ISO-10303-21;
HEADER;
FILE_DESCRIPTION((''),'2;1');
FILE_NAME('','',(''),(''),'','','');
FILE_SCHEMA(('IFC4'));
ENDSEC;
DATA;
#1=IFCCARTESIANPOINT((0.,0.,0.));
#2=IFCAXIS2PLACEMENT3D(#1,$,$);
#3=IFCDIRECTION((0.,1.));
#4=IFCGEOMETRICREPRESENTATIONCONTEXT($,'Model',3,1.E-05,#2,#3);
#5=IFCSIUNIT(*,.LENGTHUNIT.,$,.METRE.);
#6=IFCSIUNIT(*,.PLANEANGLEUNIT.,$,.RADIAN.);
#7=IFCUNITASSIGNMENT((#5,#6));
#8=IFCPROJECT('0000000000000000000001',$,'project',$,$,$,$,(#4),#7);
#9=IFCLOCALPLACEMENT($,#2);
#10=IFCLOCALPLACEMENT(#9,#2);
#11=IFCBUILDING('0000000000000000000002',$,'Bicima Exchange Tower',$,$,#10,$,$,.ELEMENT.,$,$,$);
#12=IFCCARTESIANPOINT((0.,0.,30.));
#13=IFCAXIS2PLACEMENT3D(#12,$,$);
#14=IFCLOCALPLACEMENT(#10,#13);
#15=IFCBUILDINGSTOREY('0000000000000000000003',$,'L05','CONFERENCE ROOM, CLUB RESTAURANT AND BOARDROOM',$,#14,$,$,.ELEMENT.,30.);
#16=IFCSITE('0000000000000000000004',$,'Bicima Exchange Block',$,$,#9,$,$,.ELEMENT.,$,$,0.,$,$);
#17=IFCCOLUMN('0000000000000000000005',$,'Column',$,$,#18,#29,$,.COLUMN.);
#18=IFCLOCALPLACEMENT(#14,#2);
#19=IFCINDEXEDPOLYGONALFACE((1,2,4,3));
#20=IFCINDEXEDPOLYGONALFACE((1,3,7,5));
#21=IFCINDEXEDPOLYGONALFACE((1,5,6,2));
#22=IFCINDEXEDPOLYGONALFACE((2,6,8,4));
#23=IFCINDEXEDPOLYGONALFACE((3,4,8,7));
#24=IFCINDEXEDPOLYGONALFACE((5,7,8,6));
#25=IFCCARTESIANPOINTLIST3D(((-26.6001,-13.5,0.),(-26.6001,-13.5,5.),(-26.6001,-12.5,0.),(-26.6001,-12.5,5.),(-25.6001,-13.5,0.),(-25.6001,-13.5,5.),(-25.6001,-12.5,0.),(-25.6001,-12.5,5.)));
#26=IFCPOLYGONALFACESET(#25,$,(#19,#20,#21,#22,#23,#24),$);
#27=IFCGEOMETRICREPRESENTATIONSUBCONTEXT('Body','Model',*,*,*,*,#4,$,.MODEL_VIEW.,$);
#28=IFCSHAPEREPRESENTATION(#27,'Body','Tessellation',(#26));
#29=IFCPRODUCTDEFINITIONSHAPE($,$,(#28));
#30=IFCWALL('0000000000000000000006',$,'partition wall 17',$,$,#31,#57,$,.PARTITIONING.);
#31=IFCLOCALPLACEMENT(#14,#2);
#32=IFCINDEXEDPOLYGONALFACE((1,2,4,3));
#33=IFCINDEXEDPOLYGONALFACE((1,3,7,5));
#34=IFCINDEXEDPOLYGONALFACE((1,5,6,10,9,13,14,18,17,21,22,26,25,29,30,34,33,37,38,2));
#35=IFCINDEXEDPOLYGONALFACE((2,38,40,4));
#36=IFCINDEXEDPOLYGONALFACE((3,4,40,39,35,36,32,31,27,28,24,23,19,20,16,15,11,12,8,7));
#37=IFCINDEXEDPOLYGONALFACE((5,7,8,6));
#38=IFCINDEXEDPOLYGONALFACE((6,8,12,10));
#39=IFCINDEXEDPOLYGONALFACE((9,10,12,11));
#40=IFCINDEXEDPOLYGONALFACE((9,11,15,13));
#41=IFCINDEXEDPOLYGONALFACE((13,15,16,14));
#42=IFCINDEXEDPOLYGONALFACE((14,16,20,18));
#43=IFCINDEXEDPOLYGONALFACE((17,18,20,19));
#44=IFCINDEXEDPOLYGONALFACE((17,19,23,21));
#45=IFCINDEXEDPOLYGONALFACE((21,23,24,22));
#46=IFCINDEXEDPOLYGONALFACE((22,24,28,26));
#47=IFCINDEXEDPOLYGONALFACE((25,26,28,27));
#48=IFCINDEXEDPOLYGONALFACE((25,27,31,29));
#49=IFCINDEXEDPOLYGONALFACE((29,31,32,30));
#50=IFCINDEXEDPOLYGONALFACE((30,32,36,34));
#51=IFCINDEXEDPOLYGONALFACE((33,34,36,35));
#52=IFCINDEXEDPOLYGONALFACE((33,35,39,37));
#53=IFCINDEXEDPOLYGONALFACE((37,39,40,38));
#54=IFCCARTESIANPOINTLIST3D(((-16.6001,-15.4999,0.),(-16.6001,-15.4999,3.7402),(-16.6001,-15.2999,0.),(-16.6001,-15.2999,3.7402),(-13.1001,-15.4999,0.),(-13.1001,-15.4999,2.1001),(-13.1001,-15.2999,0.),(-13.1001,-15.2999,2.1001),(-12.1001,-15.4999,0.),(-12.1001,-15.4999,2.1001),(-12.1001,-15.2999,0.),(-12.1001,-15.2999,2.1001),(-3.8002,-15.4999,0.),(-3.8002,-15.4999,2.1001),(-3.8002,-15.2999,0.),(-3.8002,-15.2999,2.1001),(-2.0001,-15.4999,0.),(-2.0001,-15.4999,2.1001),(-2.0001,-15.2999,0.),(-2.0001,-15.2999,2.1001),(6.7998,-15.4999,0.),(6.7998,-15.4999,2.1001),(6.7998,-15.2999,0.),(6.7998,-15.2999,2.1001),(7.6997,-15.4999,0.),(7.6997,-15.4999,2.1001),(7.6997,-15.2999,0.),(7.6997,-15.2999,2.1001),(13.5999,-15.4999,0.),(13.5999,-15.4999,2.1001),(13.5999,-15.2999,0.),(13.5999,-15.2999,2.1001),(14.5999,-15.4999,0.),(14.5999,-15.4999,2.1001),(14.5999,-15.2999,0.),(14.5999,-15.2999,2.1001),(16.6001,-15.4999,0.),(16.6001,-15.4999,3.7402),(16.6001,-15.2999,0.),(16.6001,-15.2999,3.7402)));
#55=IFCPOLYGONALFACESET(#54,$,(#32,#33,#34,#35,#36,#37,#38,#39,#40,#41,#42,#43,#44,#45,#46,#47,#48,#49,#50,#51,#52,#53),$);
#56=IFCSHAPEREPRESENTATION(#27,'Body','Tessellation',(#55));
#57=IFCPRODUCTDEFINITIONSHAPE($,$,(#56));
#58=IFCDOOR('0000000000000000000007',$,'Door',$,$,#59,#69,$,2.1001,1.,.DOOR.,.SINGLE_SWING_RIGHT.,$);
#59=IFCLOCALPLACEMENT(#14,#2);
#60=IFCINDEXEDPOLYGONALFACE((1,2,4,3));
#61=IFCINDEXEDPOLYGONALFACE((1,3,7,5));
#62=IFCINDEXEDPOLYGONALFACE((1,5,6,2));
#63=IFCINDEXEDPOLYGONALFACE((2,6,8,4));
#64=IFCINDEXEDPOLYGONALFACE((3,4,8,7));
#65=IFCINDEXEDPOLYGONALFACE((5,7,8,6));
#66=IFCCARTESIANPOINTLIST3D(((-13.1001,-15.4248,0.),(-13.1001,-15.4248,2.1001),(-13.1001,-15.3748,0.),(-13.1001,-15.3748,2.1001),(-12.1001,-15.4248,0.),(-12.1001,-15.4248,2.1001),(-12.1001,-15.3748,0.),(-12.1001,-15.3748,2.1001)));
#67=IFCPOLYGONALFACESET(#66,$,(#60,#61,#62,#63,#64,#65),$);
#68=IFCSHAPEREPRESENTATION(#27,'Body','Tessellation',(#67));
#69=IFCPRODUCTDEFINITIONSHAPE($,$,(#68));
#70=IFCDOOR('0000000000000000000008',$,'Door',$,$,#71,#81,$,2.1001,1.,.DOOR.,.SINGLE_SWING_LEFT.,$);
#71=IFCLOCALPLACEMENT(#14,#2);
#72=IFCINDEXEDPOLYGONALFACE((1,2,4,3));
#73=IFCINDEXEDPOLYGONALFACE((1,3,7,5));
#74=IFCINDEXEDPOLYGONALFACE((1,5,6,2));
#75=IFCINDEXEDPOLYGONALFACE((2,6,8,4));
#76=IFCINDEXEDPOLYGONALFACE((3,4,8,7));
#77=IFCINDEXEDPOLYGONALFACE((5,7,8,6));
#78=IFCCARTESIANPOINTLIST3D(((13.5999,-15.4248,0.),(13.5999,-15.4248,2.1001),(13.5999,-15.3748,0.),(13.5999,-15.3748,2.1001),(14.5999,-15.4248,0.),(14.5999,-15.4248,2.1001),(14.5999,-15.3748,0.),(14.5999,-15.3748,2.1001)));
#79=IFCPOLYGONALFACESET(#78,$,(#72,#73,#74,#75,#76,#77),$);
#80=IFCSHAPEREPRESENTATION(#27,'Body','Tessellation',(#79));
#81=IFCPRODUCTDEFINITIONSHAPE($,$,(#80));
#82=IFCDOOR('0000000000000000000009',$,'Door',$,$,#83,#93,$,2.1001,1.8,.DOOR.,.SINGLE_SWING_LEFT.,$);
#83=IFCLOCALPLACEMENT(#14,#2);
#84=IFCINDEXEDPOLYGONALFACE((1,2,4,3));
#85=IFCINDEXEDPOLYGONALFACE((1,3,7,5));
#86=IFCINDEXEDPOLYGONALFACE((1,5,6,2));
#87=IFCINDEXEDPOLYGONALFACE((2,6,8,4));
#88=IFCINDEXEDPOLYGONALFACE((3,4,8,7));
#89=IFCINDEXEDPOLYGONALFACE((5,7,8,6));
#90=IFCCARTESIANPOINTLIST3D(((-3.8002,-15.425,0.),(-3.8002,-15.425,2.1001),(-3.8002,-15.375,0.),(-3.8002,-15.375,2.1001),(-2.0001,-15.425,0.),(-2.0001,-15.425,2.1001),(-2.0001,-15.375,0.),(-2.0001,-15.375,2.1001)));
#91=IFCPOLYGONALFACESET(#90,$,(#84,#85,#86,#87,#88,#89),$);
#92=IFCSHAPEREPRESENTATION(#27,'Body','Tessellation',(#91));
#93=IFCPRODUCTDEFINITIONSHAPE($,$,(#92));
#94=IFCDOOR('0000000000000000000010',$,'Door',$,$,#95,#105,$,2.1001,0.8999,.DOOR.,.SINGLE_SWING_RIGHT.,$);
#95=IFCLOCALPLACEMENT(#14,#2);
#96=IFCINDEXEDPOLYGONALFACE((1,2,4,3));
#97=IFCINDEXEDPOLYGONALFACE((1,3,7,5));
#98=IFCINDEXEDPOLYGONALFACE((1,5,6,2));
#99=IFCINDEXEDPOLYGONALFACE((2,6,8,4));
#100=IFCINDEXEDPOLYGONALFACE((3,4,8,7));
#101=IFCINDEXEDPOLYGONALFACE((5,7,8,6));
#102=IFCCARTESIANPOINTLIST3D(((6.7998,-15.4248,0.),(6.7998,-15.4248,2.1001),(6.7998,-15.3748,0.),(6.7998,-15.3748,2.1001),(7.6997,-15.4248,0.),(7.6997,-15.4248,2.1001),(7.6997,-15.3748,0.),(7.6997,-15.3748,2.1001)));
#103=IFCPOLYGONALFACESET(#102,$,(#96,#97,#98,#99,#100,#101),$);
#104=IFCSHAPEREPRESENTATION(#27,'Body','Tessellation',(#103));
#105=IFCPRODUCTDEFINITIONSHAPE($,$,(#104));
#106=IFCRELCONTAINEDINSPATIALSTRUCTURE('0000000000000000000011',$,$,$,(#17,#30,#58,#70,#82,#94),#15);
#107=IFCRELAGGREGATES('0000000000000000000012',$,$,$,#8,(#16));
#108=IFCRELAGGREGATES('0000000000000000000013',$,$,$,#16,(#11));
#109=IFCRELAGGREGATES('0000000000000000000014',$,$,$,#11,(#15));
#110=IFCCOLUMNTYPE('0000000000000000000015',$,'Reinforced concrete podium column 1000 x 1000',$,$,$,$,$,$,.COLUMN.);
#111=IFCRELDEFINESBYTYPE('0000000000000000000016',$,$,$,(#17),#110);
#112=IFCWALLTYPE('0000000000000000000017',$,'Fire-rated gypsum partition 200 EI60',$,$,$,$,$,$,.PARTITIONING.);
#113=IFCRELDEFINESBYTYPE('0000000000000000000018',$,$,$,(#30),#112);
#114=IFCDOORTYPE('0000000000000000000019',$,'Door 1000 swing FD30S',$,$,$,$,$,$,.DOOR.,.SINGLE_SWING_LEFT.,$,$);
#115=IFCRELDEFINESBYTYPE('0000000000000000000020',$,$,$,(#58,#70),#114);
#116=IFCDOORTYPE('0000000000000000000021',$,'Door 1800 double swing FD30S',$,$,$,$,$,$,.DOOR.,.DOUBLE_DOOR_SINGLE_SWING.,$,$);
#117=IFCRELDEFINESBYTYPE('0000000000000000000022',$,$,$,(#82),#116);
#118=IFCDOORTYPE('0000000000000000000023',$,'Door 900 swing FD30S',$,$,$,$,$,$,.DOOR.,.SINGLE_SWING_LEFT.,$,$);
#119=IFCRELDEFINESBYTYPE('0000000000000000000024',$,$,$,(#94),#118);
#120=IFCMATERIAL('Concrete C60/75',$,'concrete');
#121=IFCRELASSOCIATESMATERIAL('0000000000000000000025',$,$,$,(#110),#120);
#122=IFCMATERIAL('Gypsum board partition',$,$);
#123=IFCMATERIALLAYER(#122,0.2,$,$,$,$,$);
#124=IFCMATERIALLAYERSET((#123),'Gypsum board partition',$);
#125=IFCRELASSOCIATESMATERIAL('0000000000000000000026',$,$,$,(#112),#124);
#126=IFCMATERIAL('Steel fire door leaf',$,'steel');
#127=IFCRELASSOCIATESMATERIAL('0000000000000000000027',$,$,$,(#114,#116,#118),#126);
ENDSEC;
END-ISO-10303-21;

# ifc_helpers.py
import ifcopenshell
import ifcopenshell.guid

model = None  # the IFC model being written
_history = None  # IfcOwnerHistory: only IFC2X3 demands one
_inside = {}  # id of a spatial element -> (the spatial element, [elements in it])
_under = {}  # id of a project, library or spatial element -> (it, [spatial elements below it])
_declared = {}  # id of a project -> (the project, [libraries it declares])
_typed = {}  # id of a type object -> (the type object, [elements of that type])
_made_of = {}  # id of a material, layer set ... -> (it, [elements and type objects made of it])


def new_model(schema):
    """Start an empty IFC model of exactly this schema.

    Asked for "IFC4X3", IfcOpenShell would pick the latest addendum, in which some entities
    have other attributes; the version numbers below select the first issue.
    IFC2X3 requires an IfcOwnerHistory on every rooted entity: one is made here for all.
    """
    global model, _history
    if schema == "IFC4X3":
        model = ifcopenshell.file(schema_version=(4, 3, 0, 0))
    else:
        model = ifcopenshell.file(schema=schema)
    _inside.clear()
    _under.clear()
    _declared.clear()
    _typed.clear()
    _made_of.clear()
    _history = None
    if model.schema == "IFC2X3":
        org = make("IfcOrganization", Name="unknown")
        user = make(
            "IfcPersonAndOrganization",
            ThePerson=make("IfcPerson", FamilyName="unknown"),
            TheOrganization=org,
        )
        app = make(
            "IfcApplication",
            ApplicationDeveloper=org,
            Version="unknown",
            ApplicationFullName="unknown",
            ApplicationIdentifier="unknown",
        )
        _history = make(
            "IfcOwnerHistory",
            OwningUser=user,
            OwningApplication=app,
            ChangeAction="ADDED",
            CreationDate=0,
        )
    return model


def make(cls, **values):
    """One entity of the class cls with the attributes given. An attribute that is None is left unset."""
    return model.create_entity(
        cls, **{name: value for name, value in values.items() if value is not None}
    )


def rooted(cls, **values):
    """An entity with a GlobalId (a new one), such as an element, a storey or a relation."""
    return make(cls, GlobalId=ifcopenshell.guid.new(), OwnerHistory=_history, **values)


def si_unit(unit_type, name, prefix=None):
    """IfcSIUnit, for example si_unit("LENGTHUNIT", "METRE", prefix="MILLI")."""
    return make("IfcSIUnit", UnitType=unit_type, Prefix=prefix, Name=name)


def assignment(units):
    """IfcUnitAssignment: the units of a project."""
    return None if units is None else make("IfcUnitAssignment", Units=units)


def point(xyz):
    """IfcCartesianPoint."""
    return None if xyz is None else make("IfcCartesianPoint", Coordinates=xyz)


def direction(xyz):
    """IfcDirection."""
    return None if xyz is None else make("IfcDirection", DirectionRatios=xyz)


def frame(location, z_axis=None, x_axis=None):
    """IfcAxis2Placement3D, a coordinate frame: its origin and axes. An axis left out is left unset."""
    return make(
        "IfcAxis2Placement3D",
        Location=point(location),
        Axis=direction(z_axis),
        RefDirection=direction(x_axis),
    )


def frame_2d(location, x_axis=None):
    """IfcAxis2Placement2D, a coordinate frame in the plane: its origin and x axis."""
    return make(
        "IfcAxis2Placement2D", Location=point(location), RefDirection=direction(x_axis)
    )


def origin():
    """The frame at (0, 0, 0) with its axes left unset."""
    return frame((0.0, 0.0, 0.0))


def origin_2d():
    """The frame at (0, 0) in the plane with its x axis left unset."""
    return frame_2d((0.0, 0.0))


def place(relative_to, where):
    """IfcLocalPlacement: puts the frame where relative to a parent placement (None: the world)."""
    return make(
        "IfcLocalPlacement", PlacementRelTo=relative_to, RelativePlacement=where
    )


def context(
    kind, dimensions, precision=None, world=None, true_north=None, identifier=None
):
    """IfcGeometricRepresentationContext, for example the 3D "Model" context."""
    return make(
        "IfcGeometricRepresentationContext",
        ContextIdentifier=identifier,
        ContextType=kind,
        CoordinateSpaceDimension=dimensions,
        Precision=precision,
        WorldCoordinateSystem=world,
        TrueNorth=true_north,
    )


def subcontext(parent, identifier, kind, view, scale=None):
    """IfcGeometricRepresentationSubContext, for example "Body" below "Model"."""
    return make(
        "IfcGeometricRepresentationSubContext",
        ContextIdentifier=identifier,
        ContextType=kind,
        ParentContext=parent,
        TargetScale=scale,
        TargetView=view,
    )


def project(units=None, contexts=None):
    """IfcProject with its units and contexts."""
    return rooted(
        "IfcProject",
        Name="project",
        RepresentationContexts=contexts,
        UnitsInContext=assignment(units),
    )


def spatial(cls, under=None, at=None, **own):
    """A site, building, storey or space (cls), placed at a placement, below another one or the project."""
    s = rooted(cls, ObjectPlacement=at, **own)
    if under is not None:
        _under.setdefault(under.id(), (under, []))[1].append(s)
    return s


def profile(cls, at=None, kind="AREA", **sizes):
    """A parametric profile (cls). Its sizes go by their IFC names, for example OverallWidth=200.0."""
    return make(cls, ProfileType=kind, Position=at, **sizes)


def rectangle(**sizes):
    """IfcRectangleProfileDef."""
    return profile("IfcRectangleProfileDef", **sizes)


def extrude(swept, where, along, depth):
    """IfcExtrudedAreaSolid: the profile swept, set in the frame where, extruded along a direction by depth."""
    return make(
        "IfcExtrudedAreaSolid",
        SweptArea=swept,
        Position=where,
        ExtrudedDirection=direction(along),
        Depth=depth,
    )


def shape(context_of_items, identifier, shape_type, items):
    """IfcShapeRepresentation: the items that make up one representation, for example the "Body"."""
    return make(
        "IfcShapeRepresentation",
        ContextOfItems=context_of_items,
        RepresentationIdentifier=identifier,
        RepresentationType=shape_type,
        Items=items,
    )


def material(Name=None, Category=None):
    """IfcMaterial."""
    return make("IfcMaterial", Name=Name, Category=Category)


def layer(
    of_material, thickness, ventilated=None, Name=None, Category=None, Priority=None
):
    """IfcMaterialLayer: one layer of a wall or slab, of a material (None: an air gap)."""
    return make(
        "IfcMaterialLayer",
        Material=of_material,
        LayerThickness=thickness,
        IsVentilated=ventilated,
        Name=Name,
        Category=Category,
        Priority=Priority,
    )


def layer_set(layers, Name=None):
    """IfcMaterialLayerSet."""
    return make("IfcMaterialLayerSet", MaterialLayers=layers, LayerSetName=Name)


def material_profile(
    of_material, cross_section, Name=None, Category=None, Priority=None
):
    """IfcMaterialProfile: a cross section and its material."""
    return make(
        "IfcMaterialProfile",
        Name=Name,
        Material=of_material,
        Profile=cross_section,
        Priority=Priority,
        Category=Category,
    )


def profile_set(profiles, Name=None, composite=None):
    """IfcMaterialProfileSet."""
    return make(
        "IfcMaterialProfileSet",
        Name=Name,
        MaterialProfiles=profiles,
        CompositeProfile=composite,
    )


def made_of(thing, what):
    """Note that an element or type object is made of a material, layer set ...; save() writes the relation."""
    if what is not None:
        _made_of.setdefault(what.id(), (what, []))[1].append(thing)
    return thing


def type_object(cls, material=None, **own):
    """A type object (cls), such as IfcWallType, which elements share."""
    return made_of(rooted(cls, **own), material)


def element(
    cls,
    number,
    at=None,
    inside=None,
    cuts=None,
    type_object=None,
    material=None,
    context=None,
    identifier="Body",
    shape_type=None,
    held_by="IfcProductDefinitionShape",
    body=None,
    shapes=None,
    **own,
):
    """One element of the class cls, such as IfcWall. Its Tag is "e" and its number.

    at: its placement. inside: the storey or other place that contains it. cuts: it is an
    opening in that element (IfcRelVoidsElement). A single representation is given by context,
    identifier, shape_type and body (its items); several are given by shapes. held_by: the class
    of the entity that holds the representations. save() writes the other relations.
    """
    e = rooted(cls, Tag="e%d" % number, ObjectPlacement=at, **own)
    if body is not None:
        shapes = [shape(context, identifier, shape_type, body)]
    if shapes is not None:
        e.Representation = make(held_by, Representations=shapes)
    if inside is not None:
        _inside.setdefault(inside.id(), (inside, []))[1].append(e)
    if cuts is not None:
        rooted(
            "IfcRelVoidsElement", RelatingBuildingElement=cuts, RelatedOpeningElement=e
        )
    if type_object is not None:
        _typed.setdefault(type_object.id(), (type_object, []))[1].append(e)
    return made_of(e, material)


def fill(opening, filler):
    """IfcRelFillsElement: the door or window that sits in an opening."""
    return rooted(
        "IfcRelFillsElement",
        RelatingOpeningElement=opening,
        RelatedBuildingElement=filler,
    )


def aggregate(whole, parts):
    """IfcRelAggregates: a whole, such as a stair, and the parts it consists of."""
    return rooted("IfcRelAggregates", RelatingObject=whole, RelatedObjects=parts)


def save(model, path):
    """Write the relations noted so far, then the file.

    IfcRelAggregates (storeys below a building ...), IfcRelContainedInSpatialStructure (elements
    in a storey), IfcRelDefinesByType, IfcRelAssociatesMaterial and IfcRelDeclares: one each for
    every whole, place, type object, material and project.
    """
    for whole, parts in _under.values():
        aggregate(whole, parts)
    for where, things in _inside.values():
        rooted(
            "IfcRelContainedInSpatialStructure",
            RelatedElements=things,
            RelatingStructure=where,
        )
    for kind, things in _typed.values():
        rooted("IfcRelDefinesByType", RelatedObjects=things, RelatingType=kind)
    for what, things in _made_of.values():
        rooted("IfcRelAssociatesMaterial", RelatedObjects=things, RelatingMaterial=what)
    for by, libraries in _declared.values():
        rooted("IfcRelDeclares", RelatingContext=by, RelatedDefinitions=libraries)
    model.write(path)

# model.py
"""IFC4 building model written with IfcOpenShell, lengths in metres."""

from ifc_helpers import new_model, si_unit, direction, frame, frame_2d, origin, origin_2d, place, context, subcontext, project, spatial, rectangle, extrude, material, layer, layer_set, material_profile, profile_set, type_object, element, fill, save


model = new_model("IFC4")

# Units and contexts
model_context = context("Model", 3, precision=1e-05, world=origin(), true_north=direction((0.0, 1.0)))
body_context = subcontext(model_context, "Body", "Model", "MODEL_VIEW")
ifc_project = project(units=[si_unit("LENGTHUNIT", "METRE"), si_unit("PLANEANGLEUNIT", "RADIAN")], contexts=[model_context])

# Site, building, storey
site_placement = place(None, origin())
site = spatial("IfcSite", under=ifc_project, at=site_placement, Name="Bicima Exchange Block", CompositionType="ELEMENT", RefElevation=0.0)
building_placement = place(site_placement, origin())
building = spatial("IfcBuilding", under=site, at=building_placement, Name="Bicima Exchange Tower", CompositionType="ELEMENT")
storey_placement = place(building_placement, frame((0.0, 0.0, 30.0)))
storey = spatial("IfcBuildingStorey", under=building, at=storey_placement, Name="L05", Description="CONFERENCE ROOM, CLUB RESTAURANT AND BOARDROOM", CompositionType="ELEMENT", Elevation=30.0)

# Column
ifc_material_1 = material(Name="Concrete C60/75", Category="concrete")
ifc_material_profile = material_profile(ifc_material_1, rectangle(XDim=1.0, YDim=1.0, at=origin_2d()))
ifc_profile_set = profile_set([ifc_material_profile], Name="Concrete C60/75")
column_type = type_object("IfcColumnType", Name="Reinforced concrete podium column 1000 x 1000", PredefinedType="COLUMN", material=ifc_profile_set)
column_placement = place(storey_placement, frame((-26.1001, -13.0, 0.0), z_axis=(0.0, 0.0, 1.0), x_axis=(1.0, 0.0, 0.0)))
element("IfcColumn", 1, at=column_placement, inside=storey, type_object=column_type, Name="Column", PredefinedType="COLUMN", context=body_context, shape_type="SweptSolid", body=[
    extrude(rectangle(XDim=1.0, YDim=1.0, at=origin_2d()), origin(), (0.0, 0.0, 1.0), 5.0),
])

# Wall, openings, doors
ifc_material_2 = material(Name="Gypsum board partition")
ifc_layer_1 = layer(ifc_material_2, 0.2)
ifc_layer_set_1 = layer_set([ifc_layer_1], Name="Gypsum board partition")
wall_type_1 = type_object("IfcWallType", Name="Fire-rated gypsum partition 200 EI60", PredefinedType="PARTITIONING", material=ifc_layer_set_1)
wall_1_placement = place(storey_placement, frame((-16.6001, -15.3999, 0.0), z_axis=(0.0, 0.0, 1.0), x_axis=(1.0, 0.0, 0.0)))
wall_1 = element("IfcWall", 2, at=wall_1_placement, inside=storey, type_object=wall_type_1, Name="partition wall 17", PredefinedType="PARTITIONING", context=body_context, shape_type="SweptSolid", body=[
    extrude(rectangle(XDim=33.2002, YDim=0.2, at=frame_2d((16.6001, 0.0))), origin(), (0.0, 0.0, 1.0), 3.7402),
])
opening_1_placement = place(wall_1_placement, frame((3.5, 0.0, 0.0)))
opening_1 = element("IfcOpeningElement", 3, at=opening_1_placement, cuts=wall_1, PredefinedType="OPENING", context=body_context, shape_type="SweptSolid", body=[
    extrude(rectangle(XDim=1.0, YDim=2.1001, at=frame_2d((0.5, 1.05))), frame((0.0, 0.1118, 0.0), z_axis=(0.0, -1.0, 0.0), x_axis=(1.0, 0.0, 0.0)), (0.0, 0.0, 1.0), 0.2239),
])
opening_2_placement = place(wall_1_placement, frame((12.8, 0.0, 0.0)))
opening_2 = element("IfcOpeningElement", 4, at=opening_2_placement, cuts=wall_1, PredefinedType="OPENING", context=body_context, shape_type="SweptSolid", body=[
    extrude(rectangle(XDim=1.8, YDim=2.1001, at=frame_2d((0.8999, 1.05))), frame((0.0, 0.1118, 0.0), z_axis=(0.0, -1.0, 0.0), x_axis=(1.0, 0.0, 0.0)), (0.0, 0.0, 1.0), 0.2239),
])
opening_3_placement = place(wall_1_placement, frame((23.3999, 0.0, 0.0)))
opening_3 = element("IfcOpeningElement", 5, at=opening_3_placement, cuts=wall_1, PredefinedType="OPENING", context=body_context, shape_type="SweptSolid", body=[
    extrude(rectangle(XDim=0.8999, YDim=2.1001, at=frame_2d((0.45, 1.05))), frame((0.0, 0.1118, 0.0), z_axis=(0.0, -1.0, 0.0), x_axis=(1.0, 0.0, 0.0)), (0.0, 0.0, 1.0), 0.2239),
])
opening_4_placement = place(wall_1_placement, frame((30.2, 0.0, 0.0)))
opening_4 = element("IfcOpeningElement", 6, at=opening_4_placement, cuts=wall_1, PredefinedType="OPENING", context=body_context, shape_type="SweptSolid", body=[
    extrude(rectangle(XDim=1.0, YDim=2.1001, at=frame_2d((0.5, 1.05))), frame((0.0, 0.1118, 0.0), z_axis=(0.0, -1.0, 0.0), x_axis=(1.0, 0.0, 0.0)), (0.0, 0.0, 1.0), 0.2239),
])
ifc_material_3 = material(Name="Steel fire door leaf", Category="steel")
door_type_1 = type_object("IfcDoorType", Name="Door 1000 swing FD30S", OperationType="SINGLE_SWING_LEFT", PredefinedType="DOOR", material=ifc_material_3)
door_1_placement = place(opening_1_placement, frame((1.0, 0.0, 0.0), z_axis=(0.0, 0.0, 1.0), x_axis=(-1.0, 0.0, 0.0)))
door_1 = element("IfcDoor", 7, at=door_1_placement, inside=storey, type_object=door_type_1, Name="Door", OperationType="SINGLE_SWING_RIGHT", OverallHeight=2.1001, OverallWidth=1.0, PredefinedType="DOOR", context=body_context, shape_type="SweptSolid", body=[
    extrude(rectangle(XDim=1.0, YDim=2.1001, at=frame_2d((0.5, 1.05))), frame((0.0, 0.0249, 0.0), z_axis=(0.0, -1.0, 0.0), x_axis=(1.0, 0.0, 0.0)), (0.0, 0.0, 1.0), 0.05),
])
fill(opening_1, door_1)
door_2_placement = place(opening_4_placement, frame((1.0, 0.0, 0.0), z_axis=(0.0, 0.0, 1.0), x_axis=(-1.0, 0.0, 0.0)))
door_2 = element("IfcDoor", 8, at=door_2_placement, inside=storey, type_object=door_type_1, Name="Door", OperationType="SINGLE_SWING_LEFT", OverallHeight=2.1001, OverallWidth=1.0, PredefinedType="DOOR", context=body_context, shape_type="SweptSolid", body=[
    extrude(rectangle(XDim=1.0, YDim=2.1001, at=frame_2d((0.5, 1.05))), frame((0.0, 0.0249, 0.0), z_axis=(0.0, -1.0, 0.0), x_axis=(1.0, 0.0, 0.0)), (0.0, 0.0, 1.0), 0.05),
])
fill(opening_4, door_2)
door_type_2 = type_object("IfcDoorType", Name="Door 1800 double swing FD30S", OperationType="DOUBLE_DOOR_SINGLE_SWING", PredefinedType="DOOR", material=ifc_material_3)
door_3_placement = place(opening_2_placement, origin())
door_3 = element("IfcDoor", 9, at=door_3_placement, inside=storey, type_object=door_type_2, Name="Door", OperationType="SINGLE_SWING_LEFT", OverallHeight=2.1001, OverallWidth=1.8, PredefinedType="DOOR", context=body_context, shape_type="SweptSolid", body=[
    extrude(rectangle(XDim=1.8, YDim=2.1001, at=frame_2d((0.8999, 1.05))), frame((0.0, 0.0249, 0.0), z_axis=(0.0, -1.0, 0.0), x_axis=(1.0, 0.0, 0.0)), (0.0, 0.0, 1.0), 0.05),
])
fill(opening_2, door_3)
door_type_3 = type_object("IfcDoorType", Name="Door 900 swing FD30S", OperationType="SINGLE_SWING_LEFT", PredefinedType="DOOR", material=ifc_material_3)
door_4_placement = place(opening_3_placement, frame((0.8999, 0.0, 0.0), z_axis=(0.0, 0.0, 1.0), x_axis=(-1.0, 0.0, 0.0)))
door_4 = element("IfcDoor", 10, at=door_4_placement, inside=storey, type_object=door_type_3, Name="Door", OperationType="SINGLE_SWING_RIGHT", OverallHeight=2.1001, OverallWidth=0.8999, PredefinedType="DOOR", context=body_context, shape_type="SweptSolid", body=[
    extrude(rectangle(XDim=0.8999, YDim=2.1001, at=frame_2d((0.45, 1.05))), frame((0.0, 0.0249, 0.0), z_axis=(0.0, -1.0, 0.0), x_axis=(1.0, 0.0, 0.0)), (0.0, 0.0, 1.0), 0.05),
])
fill(opening_3, door_4)

save(model, "model.ifc")
